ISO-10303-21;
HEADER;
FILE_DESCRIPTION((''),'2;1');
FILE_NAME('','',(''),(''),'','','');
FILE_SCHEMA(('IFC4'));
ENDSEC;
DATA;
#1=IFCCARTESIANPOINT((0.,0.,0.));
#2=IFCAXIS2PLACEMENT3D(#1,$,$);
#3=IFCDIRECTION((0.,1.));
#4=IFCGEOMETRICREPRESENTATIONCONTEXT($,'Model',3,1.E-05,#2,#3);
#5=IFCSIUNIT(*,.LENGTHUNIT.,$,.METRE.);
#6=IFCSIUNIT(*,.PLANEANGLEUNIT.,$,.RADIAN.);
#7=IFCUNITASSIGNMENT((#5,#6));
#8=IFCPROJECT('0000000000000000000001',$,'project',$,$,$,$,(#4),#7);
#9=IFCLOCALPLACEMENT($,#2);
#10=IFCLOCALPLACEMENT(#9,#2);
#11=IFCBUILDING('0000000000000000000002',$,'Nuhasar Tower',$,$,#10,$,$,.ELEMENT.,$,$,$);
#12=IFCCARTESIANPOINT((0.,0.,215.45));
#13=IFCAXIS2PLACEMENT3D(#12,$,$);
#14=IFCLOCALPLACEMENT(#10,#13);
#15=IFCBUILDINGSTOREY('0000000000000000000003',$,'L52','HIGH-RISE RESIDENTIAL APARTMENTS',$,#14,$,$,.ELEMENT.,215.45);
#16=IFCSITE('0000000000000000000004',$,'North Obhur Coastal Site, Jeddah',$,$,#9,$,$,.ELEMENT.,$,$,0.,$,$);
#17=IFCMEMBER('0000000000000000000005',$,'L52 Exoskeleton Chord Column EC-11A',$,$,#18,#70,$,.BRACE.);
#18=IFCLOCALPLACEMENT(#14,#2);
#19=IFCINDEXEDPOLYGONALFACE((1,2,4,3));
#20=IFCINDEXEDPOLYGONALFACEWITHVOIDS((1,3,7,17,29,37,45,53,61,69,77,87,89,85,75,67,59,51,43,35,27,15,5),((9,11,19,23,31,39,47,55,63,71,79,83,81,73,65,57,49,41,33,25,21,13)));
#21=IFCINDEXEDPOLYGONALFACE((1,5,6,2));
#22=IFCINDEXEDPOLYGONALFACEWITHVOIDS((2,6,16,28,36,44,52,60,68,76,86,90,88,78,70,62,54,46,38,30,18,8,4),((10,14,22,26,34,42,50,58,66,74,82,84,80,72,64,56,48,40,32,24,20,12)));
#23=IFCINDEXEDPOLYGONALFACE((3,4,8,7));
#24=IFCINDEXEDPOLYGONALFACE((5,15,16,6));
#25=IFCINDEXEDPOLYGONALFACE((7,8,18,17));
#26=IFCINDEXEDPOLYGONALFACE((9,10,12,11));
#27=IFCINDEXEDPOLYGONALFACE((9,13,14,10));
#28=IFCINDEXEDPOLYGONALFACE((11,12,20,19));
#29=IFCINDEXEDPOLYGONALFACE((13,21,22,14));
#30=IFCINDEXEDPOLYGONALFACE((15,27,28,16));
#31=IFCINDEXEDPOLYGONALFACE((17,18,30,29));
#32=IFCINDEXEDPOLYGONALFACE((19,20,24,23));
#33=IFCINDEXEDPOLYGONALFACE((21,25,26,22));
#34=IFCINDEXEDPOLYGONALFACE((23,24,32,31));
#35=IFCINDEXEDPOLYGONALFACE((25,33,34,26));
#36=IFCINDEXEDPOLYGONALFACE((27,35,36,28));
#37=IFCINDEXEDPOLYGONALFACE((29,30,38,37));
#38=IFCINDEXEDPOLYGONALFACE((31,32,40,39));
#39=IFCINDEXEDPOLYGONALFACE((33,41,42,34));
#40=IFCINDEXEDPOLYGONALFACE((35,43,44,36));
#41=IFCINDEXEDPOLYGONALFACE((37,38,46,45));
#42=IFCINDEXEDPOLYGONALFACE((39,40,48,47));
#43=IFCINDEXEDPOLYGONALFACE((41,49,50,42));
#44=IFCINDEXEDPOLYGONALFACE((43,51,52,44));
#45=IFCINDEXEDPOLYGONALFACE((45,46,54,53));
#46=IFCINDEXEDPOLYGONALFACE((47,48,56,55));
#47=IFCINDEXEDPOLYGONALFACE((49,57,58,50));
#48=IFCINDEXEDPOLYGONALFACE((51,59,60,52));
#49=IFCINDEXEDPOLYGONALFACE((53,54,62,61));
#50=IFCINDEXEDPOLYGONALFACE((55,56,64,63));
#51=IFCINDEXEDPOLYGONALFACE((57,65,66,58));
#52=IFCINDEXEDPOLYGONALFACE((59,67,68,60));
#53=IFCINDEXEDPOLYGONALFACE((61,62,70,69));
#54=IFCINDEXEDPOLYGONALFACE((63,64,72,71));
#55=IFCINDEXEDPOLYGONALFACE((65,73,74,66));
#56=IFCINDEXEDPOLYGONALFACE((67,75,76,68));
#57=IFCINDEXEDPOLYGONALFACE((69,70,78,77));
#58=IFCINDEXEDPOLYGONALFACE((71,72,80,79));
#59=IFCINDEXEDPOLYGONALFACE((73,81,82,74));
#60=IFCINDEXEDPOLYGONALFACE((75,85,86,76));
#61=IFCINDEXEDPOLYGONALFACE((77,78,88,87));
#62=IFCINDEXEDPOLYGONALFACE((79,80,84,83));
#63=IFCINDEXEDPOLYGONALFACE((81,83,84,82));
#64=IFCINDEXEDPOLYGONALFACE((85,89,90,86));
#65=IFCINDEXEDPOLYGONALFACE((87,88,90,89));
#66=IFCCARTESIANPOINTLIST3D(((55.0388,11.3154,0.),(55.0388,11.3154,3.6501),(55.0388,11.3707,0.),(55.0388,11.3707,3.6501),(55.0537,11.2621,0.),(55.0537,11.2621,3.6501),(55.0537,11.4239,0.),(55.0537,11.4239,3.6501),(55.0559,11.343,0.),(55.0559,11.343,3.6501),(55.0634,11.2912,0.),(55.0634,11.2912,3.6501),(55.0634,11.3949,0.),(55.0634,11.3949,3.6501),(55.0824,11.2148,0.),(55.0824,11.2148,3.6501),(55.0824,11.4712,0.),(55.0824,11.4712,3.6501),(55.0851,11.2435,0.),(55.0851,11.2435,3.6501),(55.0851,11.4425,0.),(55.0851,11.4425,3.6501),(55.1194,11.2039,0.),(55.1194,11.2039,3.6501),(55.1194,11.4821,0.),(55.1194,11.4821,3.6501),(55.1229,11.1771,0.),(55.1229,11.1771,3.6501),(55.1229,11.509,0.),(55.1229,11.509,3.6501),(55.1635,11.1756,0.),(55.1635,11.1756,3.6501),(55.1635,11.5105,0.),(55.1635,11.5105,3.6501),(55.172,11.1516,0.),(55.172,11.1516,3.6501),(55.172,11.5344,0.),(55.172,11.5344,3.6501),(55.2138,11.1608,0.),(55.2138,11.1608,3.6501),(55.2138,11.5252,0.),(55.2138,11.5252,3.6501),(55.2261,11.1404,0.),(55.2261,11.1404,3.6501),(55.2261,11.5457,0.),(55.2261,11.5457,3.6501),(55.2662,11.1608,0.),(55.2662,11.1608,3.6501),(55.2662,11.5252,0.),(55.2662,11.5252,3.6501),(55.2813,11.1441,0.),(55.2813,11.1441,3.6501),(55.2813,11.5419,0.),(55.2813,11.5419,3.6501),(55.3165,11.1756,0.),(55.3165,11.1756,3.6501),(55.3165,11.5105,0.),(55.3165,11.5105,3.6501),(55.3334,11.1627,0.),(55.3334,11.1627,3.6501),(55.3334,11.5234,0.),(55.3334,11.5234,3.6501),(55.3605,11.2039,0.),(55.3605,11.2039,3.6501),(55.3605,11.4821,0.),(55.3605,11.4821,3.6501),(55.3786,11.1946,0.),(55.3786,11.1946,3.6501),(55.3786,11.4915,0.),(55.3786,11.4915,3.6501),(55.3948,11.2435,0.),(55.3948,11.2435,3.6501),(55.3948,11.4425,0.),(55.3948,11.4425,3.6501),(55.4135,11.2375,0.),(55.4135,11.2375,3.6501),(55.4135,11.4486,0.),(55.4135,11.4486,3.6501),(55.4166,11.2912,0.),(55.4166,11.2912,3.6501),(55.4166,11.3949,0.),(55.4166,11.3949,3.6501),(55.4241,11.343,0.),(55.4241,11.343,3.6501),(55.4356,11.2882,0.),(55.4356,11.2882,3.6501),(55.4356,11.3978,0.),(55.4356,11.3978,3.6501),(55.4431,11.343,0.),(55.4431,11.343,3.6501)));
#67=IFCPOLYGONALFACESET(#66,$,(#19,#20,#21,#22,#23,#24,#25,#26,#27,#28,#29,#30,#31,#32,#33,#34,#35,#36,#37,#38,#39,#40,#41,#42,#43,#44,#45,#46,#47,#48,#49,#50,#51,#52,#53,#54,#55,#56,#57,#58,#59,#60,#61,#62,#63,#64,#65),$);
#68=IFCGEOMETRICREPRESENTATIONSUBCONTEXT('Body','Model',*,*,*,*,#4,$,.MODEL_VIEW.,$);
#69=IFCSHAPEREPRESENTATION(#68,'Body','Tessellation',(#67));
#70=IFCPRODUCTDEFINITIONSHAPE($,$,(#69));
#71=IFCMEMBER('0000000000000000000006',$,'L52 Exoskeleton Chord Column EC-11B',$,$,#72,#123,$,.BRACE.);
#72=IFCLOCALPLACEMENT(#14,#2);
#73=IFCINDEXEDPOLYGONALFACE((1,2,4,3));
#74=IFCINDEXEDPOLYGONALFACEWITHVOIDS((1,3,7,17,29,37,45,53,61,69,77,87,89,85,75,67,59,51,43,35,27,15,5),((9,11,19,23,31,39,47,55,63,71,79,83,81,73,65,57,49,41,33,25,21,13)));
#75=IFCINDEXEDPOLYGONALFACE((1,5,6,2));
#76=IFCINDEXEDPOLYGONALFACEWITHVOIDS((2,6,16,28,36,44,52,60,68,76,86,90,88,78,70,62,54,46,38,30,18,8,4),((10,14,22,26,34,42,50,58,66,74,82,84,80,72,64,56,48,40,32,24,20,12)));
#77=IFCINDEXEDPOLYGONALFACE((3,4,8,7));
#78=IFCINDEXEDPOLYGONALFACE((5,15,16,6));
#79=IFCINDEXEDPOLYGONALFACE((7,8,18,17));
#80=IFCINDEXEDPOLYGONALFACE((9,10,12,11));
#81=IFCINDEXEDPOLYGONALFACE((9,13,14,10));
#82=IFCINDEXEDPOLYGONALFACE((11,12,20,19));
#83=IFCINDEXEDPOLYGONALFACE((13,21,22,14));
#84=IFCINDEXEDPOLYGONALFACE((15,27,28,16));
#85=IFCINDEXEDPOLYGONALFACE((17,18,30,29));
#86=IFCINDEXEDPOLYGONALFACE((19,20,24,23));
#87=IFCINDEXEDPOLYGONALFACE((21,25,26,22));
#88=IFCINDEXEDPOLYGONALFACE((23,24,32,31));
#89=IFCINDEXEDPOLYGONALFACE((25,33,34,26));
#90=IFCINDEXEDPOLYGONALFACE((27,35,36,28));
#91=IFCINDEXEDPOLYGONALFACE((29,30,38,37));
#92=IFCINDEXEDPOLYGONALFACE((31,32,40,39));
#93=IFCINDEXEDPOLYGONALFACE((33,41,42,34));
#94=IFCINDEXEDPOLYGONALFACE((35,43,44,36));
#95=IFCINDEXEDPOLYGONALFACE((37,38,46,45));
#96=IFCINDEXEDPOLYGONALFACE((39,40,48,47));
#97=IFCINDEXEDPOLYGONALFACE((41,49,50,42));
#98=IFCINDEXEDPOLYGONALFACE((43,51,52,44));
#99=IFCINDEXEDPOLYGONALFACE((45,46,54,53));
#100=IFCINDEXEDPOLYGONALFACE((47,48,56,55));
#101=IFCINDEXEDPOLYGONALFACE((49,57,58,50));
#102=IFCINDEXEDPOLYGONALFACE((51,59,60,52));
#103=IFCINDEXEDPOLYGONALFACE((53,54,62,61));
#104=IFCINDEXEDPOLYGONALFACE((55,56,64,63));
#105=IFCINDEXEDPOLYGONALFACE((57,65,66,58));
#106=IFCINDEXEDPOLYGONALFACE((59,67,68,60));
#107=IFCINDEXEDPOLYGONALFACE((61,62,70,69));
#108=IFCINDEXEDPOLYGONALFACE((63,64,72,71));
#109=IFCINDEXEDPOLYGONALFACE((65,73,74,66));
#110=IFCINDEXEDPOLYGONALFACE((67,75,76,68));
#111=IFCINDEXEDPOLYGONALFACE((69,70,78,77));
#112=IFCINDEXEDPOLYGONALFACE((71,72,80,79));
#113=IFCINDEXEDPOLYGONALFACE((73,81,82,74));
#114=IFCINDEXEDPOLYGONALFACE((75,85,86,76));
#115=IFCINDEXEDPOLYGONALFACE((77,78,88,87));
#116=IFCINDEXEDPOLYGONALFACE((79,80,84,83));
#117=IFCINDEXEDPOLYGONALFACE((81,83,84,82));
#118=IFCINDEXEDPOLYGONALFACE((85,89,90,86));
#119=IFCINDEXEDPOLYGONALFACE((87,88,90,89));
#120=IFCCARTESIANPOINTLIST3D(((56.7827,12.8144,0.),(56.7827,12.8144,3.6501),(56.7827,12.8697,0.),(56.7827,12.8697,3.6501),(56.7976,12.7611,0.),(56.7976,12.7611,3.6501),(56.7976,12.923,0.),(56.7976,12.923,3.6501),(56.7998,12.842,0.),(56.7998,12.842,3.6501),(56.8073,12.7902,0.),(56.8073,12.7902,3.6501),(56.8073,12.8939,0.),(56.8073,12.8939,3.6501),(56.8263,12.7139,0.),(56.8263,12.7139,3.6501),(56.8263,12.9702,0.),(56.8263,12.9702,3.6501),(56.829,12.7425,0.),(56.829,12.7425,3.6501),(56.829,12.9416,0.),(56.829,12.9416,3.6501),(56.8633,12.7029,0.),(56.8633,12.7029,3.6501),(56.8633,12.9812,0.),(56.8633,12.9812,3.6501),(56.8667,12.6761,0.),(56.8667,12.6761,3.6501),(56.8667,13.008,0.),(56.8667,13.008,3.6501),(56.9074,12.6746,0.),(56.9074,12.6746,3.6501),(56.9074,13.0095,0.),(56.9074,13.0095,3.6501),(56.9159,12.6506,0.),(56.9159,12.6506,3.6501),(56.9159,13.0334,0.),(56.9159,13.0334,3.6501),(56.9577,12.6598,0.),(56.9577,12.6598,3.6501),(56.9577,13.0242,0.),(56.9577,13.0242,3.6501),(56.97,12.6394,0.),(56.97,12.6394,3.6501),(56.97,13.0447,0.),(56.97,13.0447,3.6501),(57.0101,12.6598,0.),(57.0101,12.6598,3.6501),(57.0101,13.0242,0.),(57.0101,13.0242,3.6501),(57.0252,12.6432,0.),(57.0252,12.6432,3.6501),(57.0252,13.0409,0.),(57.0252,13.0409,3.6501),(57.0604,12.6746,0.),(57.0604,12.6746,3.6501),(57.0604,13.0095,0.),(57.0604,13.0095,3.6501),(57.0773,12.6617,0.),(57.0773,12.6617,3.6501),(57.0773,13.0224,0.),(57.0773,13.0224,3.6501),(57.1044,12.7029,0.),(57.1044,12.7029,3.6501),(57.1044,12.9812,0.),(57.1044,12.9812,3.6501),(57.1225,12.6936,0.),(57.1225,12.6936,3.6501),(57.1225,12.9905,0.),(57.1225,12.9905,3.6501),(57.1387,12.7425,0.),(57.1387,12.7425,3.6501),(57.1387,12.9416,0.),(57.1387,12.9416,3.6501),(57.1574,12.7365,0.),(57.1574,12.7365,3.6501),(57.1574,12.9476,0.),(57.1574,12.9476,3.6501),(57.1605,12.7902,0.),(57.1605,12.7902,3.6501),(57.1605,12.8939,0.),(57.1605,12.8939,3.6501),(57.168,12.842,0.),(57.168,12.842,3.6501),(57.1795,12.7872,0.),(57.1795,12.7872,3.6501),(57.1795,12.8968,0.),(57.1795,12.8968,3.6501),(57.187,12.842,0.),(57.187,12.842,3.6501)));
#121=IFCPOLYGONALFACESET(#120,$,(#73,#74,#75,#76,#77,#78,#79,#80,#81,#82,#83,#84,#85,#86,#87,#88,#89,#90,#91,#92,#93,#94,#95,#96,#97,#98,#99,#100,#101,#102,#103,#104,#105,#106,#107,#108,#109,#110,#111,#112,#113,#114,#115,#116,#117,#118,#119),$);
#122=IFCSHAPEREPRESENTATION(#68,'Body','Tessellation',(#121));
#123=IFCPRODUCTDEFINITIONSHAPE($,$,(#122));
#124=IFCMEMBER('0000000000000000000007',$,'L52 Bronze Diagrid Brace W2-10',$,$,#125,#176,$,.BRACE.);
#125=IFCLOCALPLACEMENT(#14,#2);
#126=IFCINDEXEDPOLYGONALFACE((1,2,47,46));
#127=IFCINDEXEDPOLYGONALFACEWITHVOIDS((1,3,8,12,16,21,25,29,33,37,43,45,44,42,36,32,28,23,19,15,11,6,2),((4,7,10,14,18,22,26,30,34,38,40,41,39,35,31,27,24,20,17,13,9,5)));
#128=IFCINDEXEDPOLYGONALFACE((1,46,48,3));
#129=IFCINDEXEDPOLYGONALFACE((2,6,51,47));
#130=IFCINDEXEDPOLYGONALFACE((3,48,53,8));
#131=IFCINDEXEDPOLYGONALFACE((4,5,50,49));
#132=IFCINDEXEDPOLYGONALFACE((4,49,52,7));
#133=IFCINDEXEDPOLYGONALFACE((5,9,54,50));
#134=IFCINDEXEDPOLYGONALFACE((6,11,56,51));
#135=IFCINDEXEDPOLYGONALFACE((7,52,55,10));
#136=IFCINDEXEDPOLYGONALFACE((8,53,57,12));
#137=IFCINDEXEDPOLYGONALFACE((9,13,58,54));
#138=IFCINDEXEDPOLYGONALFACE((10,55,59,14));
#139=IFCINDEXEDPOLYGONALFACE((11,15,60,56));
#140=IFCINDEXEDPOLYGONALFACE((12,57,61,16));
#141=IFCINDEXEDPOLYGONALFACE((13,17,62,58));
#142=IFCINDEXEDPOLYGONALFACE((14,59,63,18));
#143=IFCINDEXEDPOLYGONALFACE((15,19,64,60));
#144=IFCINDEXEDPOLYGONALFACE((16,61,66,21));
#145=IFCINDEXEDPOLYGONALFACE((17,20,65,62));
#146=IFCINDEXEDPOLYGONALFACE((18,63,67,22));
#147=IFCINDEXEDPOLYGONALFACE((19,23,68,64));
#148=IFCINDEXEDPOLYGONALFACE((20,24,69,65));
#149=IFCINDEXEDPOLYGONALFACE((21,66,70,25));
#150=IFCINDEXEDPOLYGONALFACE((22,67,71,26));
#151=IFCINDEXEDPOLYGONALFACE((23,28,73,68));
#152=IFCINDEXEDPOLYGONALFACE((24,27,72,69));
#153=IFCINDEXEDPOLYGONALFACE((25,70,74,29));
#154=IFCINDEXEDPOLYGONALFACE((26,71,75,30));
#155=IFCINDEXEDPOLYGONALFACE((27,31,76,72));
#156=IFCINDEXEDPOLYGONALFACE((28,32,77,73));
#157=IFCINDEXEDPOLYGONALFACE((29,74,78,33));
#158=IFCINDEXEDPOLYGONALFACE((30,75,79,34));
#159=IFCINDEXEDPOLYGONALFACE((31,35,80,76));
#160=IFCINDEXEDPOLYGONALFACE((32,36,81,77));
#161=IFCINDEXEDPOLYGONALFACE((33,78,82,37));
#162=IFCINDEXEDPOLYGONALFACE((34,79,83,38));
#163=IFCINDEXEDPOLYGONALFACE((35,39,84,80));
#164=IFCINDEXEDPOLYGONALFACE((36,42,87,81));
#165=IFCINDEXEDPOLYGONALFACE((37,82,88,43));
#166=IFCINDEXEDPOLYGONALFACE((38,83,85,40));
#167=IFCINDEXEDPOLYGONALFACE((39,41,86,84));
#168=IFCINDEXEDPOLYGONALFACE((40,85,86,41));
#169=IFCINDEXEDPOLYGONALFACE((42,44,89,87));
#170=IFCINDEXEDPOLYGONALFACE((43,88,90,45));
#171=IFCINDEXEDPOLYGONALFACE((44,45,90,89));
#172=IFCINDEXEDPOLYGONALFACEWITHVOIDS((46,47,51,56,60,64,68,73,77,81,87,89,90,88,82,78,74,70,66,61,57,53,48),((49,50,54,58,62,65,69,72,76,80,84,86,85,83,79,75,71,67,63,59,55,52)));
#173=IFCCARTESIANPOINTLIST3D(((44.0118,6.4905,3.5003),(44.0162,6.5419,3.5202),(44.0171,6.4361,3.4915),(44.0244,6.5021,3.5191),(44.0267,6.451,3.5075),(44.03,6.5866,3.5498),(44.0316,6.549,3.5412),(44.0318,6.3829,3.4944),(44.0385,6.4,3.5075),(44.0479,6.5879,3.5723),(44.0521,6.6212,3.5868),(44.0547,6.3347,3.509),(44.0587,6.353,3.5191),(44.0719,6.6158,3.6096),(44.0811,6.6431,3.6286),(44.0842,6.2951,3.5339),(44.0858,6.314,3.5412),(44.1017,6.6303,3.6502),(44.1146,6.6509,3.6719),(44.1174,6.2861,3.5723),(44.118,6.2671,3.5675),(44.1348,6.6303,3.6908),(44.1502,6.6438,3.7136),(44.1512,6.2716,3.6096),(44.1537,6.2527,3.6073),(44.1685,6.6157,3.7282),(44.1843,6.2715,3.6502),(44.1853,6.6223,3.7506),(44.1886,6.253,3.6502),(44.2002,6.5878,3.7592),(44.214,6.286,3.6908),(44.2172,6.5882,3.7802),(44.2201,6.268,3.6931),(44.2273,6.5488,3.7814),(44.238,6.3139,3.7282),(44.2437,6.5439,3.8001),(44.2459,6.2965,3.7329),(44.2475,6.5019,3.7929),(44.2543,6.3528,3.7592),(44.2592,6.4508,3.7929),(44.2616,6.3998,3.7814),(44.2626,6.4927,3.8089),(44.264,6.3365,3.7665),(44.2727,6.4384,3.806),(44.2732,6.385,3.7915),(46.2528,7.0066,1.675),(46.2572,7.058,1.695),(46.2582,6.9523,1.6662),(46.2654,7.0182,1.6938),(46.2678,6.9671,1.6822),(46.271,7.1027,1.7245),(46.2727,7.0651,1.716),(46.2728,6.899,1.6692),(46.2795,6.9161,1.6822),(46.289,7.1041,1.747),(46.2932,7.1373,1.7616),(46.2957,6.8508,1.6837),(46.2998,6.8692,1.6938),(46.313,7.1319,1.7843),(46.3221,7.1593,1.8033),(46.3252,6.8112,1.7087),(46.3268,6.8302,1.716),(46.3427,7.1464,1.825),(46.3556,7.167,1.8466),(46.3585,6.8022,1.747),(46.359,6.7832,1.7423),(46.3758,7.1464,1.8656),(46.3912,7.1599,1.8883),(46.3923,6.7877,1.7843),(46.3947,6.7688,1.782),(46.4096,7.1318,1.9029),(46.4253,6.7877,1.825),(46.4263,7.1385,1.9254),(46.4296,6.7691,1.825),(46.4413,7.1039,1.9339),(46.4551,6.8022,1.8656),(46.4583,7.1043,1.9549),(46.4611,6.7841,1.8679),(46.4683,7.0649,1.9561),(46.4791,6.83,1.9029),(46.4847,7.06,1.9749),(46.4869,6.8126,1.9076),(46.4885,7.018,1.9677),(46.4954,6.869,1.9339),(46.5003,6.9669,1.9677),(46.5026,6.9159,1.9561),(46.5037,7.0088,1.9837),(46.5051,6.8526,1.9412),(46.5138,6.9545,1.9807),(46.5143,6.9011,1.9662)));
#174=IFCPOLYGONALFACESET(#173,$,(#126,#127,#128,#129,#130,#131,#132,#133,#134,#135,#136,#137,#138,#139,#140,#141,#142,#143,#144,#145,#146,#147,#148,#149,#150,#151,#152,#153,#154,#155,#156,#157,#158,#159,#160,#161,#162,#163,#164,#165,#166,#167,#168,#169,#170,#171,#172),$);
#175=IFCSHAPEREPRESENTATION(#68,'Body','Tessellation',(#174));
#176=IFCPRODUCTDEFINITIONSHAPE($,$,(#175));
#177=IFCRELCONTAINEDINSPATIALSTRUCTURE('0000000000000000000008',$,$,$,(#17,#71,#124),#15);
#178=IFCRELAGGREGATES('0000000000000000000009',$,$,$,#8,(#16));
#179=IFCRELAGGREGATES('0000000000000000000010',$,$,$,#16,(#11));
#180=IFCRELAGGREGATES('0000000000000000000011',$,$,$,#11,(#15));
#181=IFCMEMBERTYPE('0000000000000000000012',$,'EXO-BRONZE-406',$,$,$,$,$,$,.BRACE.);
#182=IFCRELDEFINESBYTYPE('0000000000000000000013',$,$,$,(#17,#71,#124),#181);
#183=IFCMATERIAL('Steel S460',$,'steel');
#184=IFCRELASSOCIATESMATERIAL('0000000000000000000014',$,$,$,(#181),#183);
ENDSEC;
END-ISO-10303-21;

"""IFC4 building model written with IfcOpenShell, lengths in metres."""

from ifc_helpers import new_model, si_unit, direction, frame, origin, origin_2d, place, context, subcontext, project, spatial, hollow_circle, extrude, material, material_profile, profile_set, type_object, element, save


model = new_model("IFC4")

# Units and contexts
model_context = context("Model", 3, precision=1e-05, world=origin(), true_north=direction((0.0, 1.0)))
body_context = subcontext(model_context, "Body", "Model", "MODEL_VIEW")
ifc_project = project(units=[si_unit("LENGTHUNIT", "METRE"), si_unit("PLANEANGLEUNIT", "RADIAN")], contexts=[model_context])

# Site, building, storey
site_placement = place(None, origin())
site = spatial("IfcSite", under=ifc_project, at=site_placement, Name="North Obhur Coastal Site, Jeddah", CompositionType="ELEMENT", RefElevation=0.0)
building_placement = place(site_placement, origin())
building = spatial("IfcBuilding", under=site, at=building_placement, Name="Nuhasar Tower", CompositionType="ELEMENT")
storey_placement = place(building_placement, frame((0.0, 0.0, 215.45)))
storey = spatial("IfcBuildingStorey", under=building, at=storey_placement, Name="L52", Description="HIGH-RISE RESIDENTIAL APARTMENTS", CompositionType="ELEMENT", Elevation=215.45)

# Members
ifc_material_1 = material(Name="Steel S460", Category="steel")
ifc_material_profile_1 = material_profile(ifc_material_1, hollow_circle(Radius=0.2031, WallThickness=0.019, at=origin_2d()), Name="HSS406.4X19.1")
ifc_profile_set_1 = profile_set([ifc_material_profile_1], Name="Steel S460")
member_type_1 = type_object("IfcMemberType", Name="EXO-BRONZE-406", PredefinedType="BRACE", material=ifc_profile_set_1)
for number, where, z_axis, x_axis, name in (
    (1, (55.24, 11.343, 0.0), (0.0, 0.0, 1.0), (1.0, 0.0, 0.0), "L52 Exoskeleton Chord Column EC-11A"),
    (2, (56.9839, 12.842, 0.0), (0.0, 0.0, 1.0), (1.0, 0.0, 0.0), "L52 Exoskeleton Chord Column EC-11B"),
):
    element("IfcMember", number, at=place(storey_placement, frame(where, z_axis=z_axis, x_axis=x_axis)), inside=storey, type_object=member_type_1, Name=name, PredefinedType="BRACE", context=body_context, shape_type="SweptSolid", body=[
        extrude(hollow_circle(Radius=0.2031, WallThickness=0.019, at=origin_2d()), origin(), (0.0, 0.0, 1.0), 3.6501),
    ])
member_1_placement = place(storey_placement, frame((46.384, 6.967, 1.825), z_axis=(-0.763292, -0.175793, 0.621677), x_axis=(0.224433, -0.97449, 0.0)))
element("IfcMember", 3, at=member_1_placement, inside=storey, type_object=member_type_1, Name="L52 Bronze Diagrid Brace W2-10", PredefinedType="BRACE", context=body_context, shape_type="SweptSolid", body=[
    extrude(hollow_circle(Radius=0.2031, WallThickness=0.019, at=origin_2d()), origin(), (0.0, 0.0, 1.0), 2.936),
])

save(model, "model.ifc")
